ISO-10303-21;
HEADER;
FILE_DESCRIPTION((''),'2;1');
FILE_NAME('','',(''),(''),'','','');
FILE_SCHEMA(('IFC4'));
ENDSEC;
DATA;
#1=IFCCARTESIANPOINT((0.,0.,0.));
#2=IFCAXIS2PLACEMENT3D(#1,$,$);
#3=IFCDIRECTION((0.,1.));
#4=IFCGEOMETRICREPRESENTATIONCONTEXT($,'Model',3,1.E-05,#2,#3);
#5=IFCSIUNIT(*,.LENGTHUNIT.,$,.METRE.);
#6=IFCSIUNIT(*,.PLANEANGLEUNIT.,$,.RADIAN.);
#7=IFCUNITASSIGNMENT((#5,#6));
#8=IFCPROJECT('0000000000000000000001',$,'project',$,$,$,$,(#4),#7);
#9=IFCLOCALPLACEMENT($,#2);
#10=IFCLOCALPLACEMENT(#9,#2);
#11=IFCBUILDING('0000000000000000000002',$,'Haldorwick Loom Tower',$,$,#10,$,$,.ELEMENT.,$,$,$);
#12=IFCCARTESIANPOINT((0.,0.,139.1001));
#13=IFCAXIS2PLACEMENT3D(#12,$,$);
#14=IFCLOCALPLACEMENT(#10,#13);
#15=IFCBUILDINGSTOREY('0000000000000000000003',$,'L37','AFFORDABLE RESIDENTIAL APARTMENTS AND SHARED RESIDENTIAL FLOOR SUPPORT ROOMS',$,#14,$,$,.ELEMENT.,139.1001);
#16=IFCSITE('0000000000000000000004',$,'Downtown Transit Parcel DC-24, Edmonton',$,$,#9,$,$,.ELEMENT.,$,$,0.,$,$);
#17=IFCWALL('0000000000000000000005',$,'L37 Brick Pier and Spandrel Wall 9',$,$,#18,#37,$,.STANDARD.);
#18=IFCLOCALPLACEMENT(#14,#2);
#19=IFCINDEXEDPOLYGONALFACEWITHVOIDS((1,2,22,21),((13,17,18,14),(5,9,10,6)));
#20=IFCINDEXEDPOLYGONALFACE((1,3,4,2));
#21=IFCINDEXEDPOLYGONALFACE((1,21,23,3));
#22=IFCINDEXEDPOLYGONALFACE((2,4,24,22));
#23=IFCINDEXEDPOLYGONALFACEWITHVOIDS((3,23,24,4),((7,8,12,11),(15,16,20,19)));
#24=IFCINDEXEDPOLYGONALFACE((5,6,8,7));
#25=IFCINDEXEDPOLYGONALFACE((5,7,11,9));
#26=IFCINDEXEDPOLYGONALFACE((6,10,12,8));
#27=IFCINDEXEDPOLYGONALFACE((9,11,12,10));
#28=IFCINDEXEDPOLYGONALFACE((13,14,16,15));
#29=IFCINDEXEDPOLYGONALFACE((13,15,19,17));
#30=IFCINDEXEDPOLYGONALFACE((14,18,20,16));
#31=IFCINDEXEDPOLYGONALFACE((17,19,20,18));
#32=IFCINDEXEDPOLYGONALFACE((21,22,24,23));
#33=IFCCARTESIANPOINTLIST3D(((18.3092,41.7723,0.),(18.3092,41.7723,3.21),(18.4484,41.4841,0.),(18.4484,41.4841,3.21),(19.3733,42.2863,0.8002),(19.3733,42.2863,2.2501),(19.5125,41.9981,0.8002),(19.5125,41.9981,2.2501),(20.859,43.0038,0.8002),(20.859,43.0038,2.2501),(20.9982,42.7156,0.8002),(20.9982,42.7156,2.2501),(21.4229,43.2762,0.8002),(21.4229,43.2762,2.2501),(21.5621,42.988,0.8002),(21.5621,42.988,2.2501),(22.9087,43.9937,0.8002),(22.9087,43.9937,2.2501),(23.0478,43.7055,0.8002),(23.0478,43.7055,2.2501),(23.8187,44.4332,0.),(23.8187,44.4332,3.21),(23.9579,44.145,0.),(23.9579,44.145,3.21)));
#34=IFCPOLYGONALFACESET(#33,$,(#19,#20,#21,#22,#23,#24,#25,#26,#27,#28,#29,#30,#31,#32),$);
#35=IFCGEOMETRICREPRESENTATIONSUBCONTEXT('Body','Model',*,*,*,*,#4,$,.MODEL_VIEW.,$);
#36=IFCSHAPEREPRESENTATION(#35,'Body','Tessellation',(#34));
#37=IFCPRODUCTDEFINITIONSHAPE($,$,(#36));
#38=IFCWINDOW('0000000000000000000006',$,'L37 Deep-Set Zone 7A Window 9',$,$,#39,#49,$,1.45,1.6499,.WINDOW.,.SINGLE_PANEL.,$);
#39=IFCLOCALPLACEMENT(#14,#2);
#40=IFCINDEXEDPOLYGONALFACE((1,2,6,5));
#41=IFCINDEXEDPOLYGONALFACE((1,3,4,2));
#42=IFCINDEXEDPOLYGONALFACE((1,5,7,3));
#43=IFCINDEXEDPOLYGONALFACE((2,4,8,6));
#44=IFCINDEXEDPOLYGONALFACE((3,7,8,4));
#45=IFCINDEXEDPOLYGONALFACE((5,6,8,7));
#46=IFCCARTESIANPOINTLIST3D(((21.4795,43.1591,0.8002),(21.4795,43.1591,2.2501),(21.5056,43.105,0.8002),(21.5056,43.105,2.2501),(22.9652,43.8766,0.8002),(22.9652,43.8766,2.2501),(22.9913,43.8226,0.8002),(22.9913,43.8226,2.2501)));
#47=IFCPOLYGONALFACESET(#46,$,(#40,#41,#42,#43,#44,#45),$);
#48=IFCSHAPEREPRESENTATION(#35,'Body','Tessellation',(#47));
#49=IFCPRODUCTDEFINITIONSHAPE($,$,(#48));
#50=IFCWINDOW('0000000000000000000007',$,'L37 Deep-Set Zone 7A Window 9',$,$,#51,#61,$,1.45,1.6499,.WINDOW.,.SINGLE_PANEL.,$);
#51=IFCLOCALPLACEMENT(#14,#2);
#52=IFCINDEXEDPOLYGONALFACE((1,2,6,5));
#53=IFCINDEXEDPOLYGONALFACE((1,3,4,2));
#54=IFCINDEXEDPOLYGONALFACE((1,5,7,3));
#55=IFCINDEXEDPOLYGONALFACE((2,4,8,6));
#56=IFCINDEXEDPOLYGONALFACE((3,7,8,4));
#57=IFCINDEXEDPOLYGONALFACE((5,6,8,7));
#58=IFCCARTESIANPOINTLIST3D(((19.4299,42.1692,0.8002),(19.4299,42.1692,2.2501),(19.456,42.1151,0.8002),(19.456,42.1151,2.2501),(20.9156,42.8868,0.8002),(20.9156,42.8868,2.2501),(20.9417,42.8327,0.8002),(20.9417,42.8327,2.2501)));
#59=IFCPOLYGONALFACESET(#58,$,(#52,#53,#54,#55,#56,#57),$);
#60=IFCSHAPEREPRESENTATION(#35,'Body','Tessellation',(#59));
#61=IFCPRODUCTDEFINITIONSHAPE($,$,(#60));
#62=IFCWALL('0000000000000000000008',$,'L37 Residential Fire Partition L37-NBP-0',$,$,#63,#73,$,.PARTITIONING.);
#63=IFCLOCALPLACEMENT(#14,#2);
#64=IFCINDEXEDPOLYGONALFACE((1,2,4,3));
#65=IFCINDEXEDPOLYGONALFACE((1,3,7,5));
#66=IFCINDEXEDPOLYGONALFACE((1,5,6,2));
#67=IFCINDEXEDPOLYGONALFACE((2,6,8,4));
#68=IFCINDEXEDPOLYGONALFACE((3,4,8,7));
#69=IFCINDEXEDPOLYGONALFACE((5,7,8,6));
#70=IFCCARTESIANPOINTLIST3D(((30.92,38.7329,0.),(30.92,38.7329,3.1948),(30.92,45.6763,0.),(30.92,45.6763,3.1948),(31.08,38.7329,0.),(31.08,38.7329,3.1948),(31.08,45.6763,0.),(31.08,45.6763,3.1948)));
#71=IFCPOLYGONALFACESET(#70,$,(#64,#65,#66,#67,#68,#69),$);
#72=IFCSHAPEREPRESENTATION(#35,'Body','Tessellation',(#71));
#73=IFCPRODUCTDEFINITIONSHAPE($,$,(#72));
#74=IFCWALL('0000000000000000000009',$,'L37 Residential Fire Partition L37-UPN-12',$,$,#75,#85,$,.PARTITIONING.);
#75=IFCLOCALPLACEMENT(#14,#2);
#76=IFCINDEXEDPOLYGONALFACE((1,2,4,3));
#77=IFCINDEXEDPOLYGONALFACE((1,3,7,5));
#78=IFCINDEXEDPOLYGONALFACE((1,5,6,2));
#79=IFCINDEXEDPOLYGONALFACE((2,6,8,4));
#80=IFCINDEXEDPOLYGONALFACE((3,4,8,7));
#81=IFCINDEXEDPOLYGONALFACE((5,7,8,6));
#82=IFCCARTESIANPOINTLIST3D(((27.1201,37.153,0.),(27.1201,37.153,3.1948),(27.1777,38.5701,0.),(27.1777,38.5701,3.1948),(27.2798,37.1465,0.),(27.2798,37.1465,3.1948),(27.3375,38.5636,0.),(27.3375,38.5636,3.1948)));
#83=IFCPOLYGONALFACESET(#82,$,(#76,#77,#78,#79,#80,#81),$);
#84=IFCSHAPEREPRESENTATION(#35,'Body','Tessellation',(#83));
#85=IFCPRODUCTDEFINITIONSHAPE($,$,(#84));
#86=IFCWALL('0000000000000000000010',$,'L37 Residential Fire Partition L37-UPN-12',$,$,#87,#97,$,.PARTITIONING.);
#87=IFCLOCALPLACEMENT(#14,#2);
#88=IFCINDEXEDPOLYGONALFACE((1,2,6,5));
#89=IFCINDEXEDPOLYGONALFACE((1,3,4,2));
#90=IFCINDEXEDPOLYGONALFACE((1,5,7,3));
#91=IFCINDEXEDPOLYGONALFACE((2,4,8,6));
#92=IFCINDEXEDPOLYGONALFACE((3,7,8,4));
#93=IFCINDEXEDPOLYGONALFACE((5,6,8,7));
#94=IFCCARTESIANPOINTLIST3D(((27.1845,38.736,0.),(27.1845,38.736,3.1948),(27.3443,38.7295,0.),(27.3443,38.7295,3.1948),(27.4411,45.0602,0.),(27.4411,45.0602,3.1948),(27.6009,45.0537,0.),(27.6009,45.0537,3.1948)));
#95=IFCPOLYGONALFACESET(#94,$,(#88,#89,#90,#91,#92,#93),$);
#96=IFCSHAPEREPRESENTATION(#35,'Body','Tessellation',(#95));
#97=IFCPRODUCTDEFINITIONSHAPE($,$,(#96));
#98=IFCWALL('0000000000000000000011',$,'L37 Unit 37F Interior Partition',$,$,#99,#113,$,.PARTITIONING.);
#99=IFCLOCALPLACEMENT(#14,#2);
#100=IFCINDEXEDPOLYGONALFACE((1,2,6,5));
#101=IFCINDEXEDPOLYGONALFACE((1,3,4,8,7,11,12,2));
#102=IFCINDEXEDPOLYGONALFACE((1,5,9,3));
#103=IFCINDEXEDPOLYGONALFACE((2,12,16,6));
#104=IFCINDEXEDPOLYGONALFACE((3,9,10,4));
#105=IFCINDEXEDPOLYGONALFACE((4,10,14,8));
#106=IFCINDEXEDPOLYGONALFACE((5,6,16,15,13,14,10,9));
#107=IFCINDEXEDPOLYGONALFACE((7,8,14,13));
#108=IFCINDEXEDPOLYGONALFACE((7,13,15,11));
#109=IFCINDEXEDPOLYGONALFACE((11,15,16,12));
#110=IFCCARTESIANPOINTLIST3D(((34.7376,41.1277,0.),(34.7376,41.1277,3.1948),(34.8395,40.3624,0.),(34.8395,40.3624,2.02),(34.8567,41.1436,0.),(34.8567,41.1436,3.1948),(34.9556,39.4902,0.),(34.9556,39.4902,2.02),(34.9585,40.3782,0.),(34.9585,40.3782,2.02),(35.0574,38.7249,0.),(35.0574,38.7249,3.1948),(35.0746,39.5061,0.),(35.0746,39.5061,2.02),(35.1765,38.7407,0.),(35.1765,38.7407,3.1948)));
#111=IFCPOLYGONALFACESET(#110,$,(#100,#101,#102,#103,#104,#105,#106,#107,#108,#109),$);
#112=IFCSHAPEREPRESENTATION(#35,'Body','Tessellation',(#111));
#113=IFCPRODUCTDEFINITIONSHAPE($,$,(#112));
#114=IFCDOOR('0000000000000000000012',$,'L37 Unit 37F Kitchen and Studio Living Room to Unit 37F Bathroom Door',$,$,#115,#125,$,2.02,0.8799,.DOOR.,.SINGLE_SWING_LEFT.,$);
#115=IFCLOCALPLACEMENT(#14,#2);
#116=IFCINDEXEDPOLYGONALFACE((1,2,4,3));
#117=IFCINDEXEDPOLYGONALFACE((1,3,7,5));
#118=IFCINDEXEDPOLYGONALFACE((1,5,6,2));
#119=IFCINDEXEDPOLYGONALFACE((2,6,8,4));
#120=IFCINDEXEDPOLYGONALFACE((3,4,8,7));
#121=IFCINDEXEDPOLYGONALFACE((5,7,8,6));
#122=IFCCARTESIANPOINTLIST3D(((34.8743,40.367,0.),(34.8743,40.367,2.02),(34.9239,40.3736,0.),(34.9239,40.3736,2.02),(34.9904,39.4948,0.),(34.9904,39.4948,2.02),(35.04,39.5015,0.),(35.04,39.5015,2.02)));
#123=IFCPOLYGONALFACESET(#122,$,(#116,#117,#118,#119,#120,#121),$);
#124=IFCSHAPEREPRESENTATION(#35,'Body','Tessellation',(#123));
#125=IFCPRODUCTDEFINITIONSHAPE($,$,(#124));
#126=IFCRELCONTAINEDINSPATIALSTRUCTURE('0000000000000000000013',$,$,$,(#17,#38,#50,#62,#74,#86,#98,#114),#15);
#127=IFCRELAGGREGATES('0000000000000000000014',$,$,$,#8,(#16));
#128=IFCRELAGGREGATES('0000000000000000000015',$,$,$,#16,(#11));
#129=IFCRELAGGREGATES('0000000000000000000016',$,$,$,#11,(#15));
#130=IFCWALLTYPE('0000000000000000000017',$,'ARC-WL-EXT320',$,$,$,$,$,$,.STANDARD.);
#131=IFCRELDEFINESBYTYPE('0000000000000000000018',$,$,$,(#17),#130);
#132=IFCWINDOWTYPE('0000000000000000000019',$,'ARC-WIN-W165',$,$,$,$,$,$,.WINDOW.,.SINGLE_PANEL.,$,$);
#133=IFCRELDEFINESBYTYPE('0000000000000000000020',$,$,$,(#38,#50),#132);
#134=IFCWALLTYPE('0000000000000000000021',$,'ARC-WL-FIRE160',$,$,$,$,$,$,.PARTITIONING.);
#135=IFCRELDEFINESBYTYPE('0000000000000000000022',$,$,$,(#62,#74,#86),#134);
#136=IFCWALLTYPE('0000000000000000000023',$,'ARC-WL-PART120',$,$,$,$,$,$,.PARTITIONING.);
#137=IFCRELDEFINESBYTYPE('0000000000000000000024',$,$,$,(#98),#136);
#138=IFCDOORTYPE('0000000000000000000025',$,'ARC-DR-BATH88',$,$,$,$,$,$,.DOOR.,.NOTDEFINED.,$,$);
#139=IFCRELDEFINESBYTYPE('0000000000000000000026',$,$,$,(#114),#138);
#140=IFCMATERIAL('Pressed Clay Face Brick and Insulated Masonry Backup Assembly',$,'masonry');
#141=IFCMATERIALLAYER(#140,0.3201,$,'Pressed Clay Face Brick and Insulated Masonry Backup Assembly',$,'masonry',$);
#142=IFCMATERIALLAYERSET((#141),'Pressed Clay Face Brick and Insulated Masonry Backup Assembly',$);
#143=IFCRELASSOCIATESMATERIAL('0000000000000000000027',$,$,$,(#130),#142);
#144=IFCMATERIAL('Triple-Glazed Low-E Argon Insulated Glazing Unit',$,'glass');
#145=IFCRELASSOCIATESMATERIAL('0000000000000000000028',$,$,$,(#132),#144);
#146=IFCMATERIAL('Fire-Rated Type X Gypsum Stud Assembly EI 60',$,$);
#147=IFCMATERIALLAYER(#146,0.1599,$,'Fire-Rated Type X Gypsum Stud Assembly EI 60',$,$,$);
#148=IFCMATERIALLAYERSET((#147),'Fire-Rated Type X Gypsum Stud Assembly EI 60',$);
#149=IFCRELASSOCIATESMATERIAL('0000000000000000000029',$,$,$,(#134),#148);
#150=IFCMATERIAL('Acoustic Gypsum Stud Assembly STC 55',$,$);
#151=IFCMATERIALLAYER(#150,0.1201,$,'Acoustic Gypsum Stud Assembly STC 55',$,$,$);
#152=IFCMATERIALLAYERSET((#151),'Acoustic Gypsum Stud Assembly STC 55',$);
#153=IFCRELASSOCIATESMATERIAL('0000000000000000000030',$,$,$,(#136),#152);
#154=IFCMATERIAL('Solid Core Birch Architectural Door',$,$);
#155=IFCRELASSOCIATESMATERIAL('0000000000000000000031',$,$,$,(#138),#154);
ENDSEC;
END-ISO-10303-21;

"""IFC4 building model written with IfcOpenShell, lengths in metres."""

from ifc_helpers import new_model, si_unit, direction, frame, frame_2d, origin, place, context, subcontext, project, spatial, rectangle, extrude, material, layer, layer_set, type_object, element, fill, save


model = new_model("IFC4")

# Units and contexts
model_context = context("Model", 3, precision=1e-05, world=origin(), true_north=direction((0.0, 1.0)))
body_context = subcontext(model_context, "Body", "Model", "MODEL_VIEW")
ifc_project = project(units=[si_unit("LENGTHUNIT", "METRE"), si_unit("PLANEANGLEUNIT", "RADIAN")], contexts=[model_context])

# Site, building, storey
site_placement = place(None, origin())
site = spatial("IfcSite", under=ifc_project, at=site_placement, Name="Downtown Transit Parcel DC-24, Edmonton", CompositionType="ELEMENT", RefElevation=0.0)
building_placement = place(site_placement, origin())
building = spatial("IfcBuilding", under=site, at=building_placement, Name="Haldorwick Loom Tower", CompositionType="ELEMENT")
storey_placement = place(building_placement, frame((0.0, 0.0, 139.1001)))
storey = spatial("IfcBuildingStorey", under=building, at=storey_placement, Name="L37", Description="AFFORDABLE RESIDENTIAL APARTMENTS AND SHARED RESIDENTIAL FLOOR SUPPORT ROOMS", CompositionType="ELEMENT", Elevation=139.1001)

# Shared definitions
ifc_material_1 = material(Name="Pressed Clay Face Brick and Insulated Masonry Backup Assembly", Category="masonry")
ifc_layer_1 = layer(ifc_material_1, 0.3201, Name="Pressed Clay Face Brick and Insulated Masonry Backup Assembly", Category="masonry")
ifc_layer_set_1 = layer_set([ifc_layer_1], Name="Pressed Clay Face Brick and Insulated Masonry Backup Assembly")
wall_type_1 = type_object("IfcWallType", Name="ARC-WL-EXT320", PredefinedType="STANDARD", material=ifc_layer_set_1)

# Wall, openings, windows
wall_1_placement = place(storey_placement, frame((23.8882, 44.2891, 0.0), z_axis=(0.0, 0.0, 1.0), x_axis=(-0.90048, -0.434897, 0.0)))
wall_1 = element("IfcWall", 1, at=wall_1_placement, inside=storey, type_object=wall_type_1, Name="L37 Brick Pier and Spandrel Wall 9", PredefinedType="STANDARD", context=body_context, shape_type="SweptSolid", body=[
    extrude(rectangle(XDim=6.1184, YDim=0.3201, at=frame_2d((3.0591, 0.0))), origin(), (0.0, 0.0, 1.0), 3.21),
])
opening_1_placement = place(wall_1_placement, frame((1.0105, 0.0, 0.8)))
opening_1 = element("IfcOpeningElement", 2, at=opening_1_placement, cuts=wall_1, PredefinedType="OPENING", context=body_context, shape_type="SweptSolid", body=[
    extrude(rectangle(XDim=1.6499, YDim=1.45, at=frame_2d((0.825, 0.7251))), frame((0.0, 0.1699, 0.0), z_axis=(0.0, -1.0, 0.0), x_axis=(1.0, 0.0, 0.0)), (0.0, 0.0, 1.0), 0.3401),
])
opening_2_placement = place(wall_1_placement, frame((3.2866, 0.0, 0.8)))
opening_2 = element("IfcOpeningElement", 3, at=opening_2_placement, cuts=wall_1, PredefinedType="OPENING", context=body_context, shape_type="SweptSolid", body=[
    extrude(rectangle(XDim=1.6499, YDim=1.45, at=frame_2d((0.825, 0.7251))), frame((0.0, 0.1699, 0.0), z_axis=(0.0, -1.0, 0.0), x_axis=(1.0, 0.0, 0.0)), (0.0, 0.0, 1.0), 0.3401),
])
ifc_material_2 = material(Name="Triple-Glazed Low-E Argon Insulated Glazing Unit", Category="glass")
window_type = type_object("IfcWindowType", Name="ARC-WIN-W165", PartitioningType="SINGLE_PANEL", PredefinedType="WINDOW", material=ifc_material_2)
window_1_placement = place(opening_1_placement, origin())
window_1 = element("IfcWindow", 4, at=window_1_placement, inside=storey, type_object=window_type, Name="L37 Deep-Set Zone 7A Window 9", OverallHeight=1.45, OverallWidth=1.6499, PartitioningType="SINGLE_PANEL", PredefinedType="WINDOW", context=body_context, shape_type="SweptSolid", body=[
    extrude(rectangle(XDim=1.6499, YDim=1.45, at=frame_2d((0.825, 0.7251))), frame((0.0, 0.03, 0.0), z_axis=(0.0, -1.0, 0.0), x_axis=(1.0, 0.0, 0.0)), (0.0, 0.0, 1.0), 0.0601),
])
fill(opening_1, window_1)
window_2_placement = place(opening_2_placement, origin())
window_2 = element("IfcWindow", 5, at=window_2_placement, inside=storey, type_object=window_type, Name="L37 Deep-Set Zone 7A Window 9", OverallHeight=1.45, OverallWidth=1.6499, PartitioningType="SINGLE_PANEL", PredefinedType="WINDOW", context=body_context, shape_type="SweptSolid", body=[
    extrude(rectangle(XDim=1.6499, YDim=1.45, at=frame_2d((0.825, 0.7251))), frame((0.0, 0.03, 0.0), z_axis=(0.0, -1.0, 0.0), x_axis=(1.0, 0.0, 0.0)), (0.0, 0.0, 1.0), 0.0601),
])
fill(opening_2, window_2)

# Walls
ifc_material_3 = material(Name="Fire-Rated Type X Gypsum Stud Assembly EI 60")
ifc_layer_2 = layer(ifc_material_3, 0.1599, Name="Fire-Rated Type X Gypsum Stud Assembly EI 60")
ifc_layer_set_2 = layer_set([ifc_layer_2], Name="Fire-Rated Type X Gypsum Stud Assembly EI 60")
wall_type_2 = type_object("IfcWallType", Name="ARC-WL-FIRE160", PredefinedType="PARTITIONING", material=ifc_layer_set_2)
wall_2_placement = place(storey_placement, frame((31.0, 38.7329, 0.0), z_axis=(0.0, 0.0, 1.0), x_axis=(0.0, 1.0, 0.0)))
element("IfcWall", 6, at=wall_2_placement, inside=storey, type_object=wall_type_2, Name="L37 Residential Fire Partition L37-NBP-0", PredefinedType="PARTITIONING", context=body_context, shape_type="SweptSolid", body=[
    extrude(rectangle(XDim=6.9434, YDim=0.1599, at=frame_2d((3.4717, 0.0))), origin(), (0.0, 0.0, 1.0), 3.1948),
])
wall_3_placement = place(storey_placement, frame((27.2, 37.1499, 0.0), z_axis=(0.0, 0.0, 1.0), x_axis=(0.040628, 0.999174, 0.0)))
element("IfcWall", 7, at=wall_3_placement, inside=storey, type_object=wall_type_2, Name="L37 Residential Fire Partition L37-UPN-12", PredefinedType="PARTITIONING", context=body_context, shape_type="SweptSolid", body=[
    extrude(rectangle(XDim=1.4182, YDim=0.1599, at=frame_2d((0.709, 0.0))), origin(), (0.0, 0.0, 1.0), 3.1948),
])
wall_4_placement = place(storey_placement, frame((27.2644, 38.7329, 0.0), z_axis=(0.0, 0.0, 1.0), x_axis=(0.04054, 0.999178, 0.0)))
element("IfcWall", 8, at=wall_4_placement, inside=storey, type_object=wall_type_2, Name="L37 Residential Fire Partition L37-UPN-12", PredefinedType="PARTITIONING", context=body_context, shape_type="SweptSolid", body=[
    extrude(rectangle(XDim=6.3293, YDim=0.1599, at=frame_2d((3.1646, 0.0))), origin(), (0.0, 0.0, 1.0), 3.1948),
])

# Wall, opening, door
ifc_material_4 = material(Name="Acoustic Gypsum Stud Assembly STC 55")
ifc_layer_3 = layer(ifc_material_4, 0.1201, Name="Acoustic Gypsum Stud Assembly STC 55")
ifc_layer_set_3 = layer_set([ifc_layer_3], Name="Acoustic Gypsum Stud Assembly STC 55")
wall_type_3 = type_object("IfcWallType", Name="ARC-WL-PART120", PredefinedType="PARTITIONING", material=ifc_layer_set_3)
wall_5_placement = place(storey_placement, frame((35.1169, 38.7329, 0.0), z_axis=(0.0, 0.0, 1.0), x_axis=(-0.131939, 0.991258, 0.0)))
wall_5 = element("IfcWall", 9, at=wall_5_placement, inside=storey, type_object=wall_type_3, Name="L37 Unit 37F Interior Partition", PredefinedType="PARTITIONING", context=body_context, shape_type="SweptSolid", body=[
    extrude(rectangle(XDim=2.4241, YDim=0.1201, at=frame_2d((1.2119, 0.0))), origin(), (0.0, 0.0, 1.0), 3.1948),
])
opening_3_placement = place(wall_5_placement, frame((0.772, 0.0, 0.0)))
opening_3 = element("IfcOpeningElement", 10, at=opening_3_placement, cuts=wall_5, PredefinedType="OPENING", context=body_context, shape_type="SweptSolid", body=[
    extrude(rectangle(XDim=0.8799, YDim=2.02, at=frame_2d((0.4399, 1.01))), frame((0.0, 0.0701, 0.0), z_axis=(0.0, -1.0, 0.0), x_axis=(1.0, 0.0, 0.0)), (0.0, 0.0, 1.0), 0.1401),
])
ifc_material_5 = material(Name="Solid Core Birch Architectural Door")
door_type = type_object("IfcDoorType", Name="ARC-DR-BATH88", OperationType="NOTDEFINED", PredefinedType="DOOR", material=ifc_material_5)
door_placement = place(opening_3_placement, origin())
door = element("IfcDoor", 11, at=door_placement, inside=storey, type_object=door_type, Name="L37 Unit 37F Kitchen and Studio Living Room to Unit 37F Bathroom Door", OperationType="SINGLE_SWING_LEFT", OverallHeight=2.02, OverallWidth=0.8799, PredefinedType="DOOR", context=body_context, shape_type="SweptSolid", body=[
    extrude(rectangle(XDim=0.8799, YDim=2.02, at=frame_2d((0.4399, 1.01))), frame((0.0, 0.0249, 0.0), z_axis=(0.0, -1.0, 0.0), x_axis=(1.0, 0.0, 0.0)), (0.0, 0.0, 1.0), 0.05),
])
fill(opening_3, door)

save(model, "model.ifc")
